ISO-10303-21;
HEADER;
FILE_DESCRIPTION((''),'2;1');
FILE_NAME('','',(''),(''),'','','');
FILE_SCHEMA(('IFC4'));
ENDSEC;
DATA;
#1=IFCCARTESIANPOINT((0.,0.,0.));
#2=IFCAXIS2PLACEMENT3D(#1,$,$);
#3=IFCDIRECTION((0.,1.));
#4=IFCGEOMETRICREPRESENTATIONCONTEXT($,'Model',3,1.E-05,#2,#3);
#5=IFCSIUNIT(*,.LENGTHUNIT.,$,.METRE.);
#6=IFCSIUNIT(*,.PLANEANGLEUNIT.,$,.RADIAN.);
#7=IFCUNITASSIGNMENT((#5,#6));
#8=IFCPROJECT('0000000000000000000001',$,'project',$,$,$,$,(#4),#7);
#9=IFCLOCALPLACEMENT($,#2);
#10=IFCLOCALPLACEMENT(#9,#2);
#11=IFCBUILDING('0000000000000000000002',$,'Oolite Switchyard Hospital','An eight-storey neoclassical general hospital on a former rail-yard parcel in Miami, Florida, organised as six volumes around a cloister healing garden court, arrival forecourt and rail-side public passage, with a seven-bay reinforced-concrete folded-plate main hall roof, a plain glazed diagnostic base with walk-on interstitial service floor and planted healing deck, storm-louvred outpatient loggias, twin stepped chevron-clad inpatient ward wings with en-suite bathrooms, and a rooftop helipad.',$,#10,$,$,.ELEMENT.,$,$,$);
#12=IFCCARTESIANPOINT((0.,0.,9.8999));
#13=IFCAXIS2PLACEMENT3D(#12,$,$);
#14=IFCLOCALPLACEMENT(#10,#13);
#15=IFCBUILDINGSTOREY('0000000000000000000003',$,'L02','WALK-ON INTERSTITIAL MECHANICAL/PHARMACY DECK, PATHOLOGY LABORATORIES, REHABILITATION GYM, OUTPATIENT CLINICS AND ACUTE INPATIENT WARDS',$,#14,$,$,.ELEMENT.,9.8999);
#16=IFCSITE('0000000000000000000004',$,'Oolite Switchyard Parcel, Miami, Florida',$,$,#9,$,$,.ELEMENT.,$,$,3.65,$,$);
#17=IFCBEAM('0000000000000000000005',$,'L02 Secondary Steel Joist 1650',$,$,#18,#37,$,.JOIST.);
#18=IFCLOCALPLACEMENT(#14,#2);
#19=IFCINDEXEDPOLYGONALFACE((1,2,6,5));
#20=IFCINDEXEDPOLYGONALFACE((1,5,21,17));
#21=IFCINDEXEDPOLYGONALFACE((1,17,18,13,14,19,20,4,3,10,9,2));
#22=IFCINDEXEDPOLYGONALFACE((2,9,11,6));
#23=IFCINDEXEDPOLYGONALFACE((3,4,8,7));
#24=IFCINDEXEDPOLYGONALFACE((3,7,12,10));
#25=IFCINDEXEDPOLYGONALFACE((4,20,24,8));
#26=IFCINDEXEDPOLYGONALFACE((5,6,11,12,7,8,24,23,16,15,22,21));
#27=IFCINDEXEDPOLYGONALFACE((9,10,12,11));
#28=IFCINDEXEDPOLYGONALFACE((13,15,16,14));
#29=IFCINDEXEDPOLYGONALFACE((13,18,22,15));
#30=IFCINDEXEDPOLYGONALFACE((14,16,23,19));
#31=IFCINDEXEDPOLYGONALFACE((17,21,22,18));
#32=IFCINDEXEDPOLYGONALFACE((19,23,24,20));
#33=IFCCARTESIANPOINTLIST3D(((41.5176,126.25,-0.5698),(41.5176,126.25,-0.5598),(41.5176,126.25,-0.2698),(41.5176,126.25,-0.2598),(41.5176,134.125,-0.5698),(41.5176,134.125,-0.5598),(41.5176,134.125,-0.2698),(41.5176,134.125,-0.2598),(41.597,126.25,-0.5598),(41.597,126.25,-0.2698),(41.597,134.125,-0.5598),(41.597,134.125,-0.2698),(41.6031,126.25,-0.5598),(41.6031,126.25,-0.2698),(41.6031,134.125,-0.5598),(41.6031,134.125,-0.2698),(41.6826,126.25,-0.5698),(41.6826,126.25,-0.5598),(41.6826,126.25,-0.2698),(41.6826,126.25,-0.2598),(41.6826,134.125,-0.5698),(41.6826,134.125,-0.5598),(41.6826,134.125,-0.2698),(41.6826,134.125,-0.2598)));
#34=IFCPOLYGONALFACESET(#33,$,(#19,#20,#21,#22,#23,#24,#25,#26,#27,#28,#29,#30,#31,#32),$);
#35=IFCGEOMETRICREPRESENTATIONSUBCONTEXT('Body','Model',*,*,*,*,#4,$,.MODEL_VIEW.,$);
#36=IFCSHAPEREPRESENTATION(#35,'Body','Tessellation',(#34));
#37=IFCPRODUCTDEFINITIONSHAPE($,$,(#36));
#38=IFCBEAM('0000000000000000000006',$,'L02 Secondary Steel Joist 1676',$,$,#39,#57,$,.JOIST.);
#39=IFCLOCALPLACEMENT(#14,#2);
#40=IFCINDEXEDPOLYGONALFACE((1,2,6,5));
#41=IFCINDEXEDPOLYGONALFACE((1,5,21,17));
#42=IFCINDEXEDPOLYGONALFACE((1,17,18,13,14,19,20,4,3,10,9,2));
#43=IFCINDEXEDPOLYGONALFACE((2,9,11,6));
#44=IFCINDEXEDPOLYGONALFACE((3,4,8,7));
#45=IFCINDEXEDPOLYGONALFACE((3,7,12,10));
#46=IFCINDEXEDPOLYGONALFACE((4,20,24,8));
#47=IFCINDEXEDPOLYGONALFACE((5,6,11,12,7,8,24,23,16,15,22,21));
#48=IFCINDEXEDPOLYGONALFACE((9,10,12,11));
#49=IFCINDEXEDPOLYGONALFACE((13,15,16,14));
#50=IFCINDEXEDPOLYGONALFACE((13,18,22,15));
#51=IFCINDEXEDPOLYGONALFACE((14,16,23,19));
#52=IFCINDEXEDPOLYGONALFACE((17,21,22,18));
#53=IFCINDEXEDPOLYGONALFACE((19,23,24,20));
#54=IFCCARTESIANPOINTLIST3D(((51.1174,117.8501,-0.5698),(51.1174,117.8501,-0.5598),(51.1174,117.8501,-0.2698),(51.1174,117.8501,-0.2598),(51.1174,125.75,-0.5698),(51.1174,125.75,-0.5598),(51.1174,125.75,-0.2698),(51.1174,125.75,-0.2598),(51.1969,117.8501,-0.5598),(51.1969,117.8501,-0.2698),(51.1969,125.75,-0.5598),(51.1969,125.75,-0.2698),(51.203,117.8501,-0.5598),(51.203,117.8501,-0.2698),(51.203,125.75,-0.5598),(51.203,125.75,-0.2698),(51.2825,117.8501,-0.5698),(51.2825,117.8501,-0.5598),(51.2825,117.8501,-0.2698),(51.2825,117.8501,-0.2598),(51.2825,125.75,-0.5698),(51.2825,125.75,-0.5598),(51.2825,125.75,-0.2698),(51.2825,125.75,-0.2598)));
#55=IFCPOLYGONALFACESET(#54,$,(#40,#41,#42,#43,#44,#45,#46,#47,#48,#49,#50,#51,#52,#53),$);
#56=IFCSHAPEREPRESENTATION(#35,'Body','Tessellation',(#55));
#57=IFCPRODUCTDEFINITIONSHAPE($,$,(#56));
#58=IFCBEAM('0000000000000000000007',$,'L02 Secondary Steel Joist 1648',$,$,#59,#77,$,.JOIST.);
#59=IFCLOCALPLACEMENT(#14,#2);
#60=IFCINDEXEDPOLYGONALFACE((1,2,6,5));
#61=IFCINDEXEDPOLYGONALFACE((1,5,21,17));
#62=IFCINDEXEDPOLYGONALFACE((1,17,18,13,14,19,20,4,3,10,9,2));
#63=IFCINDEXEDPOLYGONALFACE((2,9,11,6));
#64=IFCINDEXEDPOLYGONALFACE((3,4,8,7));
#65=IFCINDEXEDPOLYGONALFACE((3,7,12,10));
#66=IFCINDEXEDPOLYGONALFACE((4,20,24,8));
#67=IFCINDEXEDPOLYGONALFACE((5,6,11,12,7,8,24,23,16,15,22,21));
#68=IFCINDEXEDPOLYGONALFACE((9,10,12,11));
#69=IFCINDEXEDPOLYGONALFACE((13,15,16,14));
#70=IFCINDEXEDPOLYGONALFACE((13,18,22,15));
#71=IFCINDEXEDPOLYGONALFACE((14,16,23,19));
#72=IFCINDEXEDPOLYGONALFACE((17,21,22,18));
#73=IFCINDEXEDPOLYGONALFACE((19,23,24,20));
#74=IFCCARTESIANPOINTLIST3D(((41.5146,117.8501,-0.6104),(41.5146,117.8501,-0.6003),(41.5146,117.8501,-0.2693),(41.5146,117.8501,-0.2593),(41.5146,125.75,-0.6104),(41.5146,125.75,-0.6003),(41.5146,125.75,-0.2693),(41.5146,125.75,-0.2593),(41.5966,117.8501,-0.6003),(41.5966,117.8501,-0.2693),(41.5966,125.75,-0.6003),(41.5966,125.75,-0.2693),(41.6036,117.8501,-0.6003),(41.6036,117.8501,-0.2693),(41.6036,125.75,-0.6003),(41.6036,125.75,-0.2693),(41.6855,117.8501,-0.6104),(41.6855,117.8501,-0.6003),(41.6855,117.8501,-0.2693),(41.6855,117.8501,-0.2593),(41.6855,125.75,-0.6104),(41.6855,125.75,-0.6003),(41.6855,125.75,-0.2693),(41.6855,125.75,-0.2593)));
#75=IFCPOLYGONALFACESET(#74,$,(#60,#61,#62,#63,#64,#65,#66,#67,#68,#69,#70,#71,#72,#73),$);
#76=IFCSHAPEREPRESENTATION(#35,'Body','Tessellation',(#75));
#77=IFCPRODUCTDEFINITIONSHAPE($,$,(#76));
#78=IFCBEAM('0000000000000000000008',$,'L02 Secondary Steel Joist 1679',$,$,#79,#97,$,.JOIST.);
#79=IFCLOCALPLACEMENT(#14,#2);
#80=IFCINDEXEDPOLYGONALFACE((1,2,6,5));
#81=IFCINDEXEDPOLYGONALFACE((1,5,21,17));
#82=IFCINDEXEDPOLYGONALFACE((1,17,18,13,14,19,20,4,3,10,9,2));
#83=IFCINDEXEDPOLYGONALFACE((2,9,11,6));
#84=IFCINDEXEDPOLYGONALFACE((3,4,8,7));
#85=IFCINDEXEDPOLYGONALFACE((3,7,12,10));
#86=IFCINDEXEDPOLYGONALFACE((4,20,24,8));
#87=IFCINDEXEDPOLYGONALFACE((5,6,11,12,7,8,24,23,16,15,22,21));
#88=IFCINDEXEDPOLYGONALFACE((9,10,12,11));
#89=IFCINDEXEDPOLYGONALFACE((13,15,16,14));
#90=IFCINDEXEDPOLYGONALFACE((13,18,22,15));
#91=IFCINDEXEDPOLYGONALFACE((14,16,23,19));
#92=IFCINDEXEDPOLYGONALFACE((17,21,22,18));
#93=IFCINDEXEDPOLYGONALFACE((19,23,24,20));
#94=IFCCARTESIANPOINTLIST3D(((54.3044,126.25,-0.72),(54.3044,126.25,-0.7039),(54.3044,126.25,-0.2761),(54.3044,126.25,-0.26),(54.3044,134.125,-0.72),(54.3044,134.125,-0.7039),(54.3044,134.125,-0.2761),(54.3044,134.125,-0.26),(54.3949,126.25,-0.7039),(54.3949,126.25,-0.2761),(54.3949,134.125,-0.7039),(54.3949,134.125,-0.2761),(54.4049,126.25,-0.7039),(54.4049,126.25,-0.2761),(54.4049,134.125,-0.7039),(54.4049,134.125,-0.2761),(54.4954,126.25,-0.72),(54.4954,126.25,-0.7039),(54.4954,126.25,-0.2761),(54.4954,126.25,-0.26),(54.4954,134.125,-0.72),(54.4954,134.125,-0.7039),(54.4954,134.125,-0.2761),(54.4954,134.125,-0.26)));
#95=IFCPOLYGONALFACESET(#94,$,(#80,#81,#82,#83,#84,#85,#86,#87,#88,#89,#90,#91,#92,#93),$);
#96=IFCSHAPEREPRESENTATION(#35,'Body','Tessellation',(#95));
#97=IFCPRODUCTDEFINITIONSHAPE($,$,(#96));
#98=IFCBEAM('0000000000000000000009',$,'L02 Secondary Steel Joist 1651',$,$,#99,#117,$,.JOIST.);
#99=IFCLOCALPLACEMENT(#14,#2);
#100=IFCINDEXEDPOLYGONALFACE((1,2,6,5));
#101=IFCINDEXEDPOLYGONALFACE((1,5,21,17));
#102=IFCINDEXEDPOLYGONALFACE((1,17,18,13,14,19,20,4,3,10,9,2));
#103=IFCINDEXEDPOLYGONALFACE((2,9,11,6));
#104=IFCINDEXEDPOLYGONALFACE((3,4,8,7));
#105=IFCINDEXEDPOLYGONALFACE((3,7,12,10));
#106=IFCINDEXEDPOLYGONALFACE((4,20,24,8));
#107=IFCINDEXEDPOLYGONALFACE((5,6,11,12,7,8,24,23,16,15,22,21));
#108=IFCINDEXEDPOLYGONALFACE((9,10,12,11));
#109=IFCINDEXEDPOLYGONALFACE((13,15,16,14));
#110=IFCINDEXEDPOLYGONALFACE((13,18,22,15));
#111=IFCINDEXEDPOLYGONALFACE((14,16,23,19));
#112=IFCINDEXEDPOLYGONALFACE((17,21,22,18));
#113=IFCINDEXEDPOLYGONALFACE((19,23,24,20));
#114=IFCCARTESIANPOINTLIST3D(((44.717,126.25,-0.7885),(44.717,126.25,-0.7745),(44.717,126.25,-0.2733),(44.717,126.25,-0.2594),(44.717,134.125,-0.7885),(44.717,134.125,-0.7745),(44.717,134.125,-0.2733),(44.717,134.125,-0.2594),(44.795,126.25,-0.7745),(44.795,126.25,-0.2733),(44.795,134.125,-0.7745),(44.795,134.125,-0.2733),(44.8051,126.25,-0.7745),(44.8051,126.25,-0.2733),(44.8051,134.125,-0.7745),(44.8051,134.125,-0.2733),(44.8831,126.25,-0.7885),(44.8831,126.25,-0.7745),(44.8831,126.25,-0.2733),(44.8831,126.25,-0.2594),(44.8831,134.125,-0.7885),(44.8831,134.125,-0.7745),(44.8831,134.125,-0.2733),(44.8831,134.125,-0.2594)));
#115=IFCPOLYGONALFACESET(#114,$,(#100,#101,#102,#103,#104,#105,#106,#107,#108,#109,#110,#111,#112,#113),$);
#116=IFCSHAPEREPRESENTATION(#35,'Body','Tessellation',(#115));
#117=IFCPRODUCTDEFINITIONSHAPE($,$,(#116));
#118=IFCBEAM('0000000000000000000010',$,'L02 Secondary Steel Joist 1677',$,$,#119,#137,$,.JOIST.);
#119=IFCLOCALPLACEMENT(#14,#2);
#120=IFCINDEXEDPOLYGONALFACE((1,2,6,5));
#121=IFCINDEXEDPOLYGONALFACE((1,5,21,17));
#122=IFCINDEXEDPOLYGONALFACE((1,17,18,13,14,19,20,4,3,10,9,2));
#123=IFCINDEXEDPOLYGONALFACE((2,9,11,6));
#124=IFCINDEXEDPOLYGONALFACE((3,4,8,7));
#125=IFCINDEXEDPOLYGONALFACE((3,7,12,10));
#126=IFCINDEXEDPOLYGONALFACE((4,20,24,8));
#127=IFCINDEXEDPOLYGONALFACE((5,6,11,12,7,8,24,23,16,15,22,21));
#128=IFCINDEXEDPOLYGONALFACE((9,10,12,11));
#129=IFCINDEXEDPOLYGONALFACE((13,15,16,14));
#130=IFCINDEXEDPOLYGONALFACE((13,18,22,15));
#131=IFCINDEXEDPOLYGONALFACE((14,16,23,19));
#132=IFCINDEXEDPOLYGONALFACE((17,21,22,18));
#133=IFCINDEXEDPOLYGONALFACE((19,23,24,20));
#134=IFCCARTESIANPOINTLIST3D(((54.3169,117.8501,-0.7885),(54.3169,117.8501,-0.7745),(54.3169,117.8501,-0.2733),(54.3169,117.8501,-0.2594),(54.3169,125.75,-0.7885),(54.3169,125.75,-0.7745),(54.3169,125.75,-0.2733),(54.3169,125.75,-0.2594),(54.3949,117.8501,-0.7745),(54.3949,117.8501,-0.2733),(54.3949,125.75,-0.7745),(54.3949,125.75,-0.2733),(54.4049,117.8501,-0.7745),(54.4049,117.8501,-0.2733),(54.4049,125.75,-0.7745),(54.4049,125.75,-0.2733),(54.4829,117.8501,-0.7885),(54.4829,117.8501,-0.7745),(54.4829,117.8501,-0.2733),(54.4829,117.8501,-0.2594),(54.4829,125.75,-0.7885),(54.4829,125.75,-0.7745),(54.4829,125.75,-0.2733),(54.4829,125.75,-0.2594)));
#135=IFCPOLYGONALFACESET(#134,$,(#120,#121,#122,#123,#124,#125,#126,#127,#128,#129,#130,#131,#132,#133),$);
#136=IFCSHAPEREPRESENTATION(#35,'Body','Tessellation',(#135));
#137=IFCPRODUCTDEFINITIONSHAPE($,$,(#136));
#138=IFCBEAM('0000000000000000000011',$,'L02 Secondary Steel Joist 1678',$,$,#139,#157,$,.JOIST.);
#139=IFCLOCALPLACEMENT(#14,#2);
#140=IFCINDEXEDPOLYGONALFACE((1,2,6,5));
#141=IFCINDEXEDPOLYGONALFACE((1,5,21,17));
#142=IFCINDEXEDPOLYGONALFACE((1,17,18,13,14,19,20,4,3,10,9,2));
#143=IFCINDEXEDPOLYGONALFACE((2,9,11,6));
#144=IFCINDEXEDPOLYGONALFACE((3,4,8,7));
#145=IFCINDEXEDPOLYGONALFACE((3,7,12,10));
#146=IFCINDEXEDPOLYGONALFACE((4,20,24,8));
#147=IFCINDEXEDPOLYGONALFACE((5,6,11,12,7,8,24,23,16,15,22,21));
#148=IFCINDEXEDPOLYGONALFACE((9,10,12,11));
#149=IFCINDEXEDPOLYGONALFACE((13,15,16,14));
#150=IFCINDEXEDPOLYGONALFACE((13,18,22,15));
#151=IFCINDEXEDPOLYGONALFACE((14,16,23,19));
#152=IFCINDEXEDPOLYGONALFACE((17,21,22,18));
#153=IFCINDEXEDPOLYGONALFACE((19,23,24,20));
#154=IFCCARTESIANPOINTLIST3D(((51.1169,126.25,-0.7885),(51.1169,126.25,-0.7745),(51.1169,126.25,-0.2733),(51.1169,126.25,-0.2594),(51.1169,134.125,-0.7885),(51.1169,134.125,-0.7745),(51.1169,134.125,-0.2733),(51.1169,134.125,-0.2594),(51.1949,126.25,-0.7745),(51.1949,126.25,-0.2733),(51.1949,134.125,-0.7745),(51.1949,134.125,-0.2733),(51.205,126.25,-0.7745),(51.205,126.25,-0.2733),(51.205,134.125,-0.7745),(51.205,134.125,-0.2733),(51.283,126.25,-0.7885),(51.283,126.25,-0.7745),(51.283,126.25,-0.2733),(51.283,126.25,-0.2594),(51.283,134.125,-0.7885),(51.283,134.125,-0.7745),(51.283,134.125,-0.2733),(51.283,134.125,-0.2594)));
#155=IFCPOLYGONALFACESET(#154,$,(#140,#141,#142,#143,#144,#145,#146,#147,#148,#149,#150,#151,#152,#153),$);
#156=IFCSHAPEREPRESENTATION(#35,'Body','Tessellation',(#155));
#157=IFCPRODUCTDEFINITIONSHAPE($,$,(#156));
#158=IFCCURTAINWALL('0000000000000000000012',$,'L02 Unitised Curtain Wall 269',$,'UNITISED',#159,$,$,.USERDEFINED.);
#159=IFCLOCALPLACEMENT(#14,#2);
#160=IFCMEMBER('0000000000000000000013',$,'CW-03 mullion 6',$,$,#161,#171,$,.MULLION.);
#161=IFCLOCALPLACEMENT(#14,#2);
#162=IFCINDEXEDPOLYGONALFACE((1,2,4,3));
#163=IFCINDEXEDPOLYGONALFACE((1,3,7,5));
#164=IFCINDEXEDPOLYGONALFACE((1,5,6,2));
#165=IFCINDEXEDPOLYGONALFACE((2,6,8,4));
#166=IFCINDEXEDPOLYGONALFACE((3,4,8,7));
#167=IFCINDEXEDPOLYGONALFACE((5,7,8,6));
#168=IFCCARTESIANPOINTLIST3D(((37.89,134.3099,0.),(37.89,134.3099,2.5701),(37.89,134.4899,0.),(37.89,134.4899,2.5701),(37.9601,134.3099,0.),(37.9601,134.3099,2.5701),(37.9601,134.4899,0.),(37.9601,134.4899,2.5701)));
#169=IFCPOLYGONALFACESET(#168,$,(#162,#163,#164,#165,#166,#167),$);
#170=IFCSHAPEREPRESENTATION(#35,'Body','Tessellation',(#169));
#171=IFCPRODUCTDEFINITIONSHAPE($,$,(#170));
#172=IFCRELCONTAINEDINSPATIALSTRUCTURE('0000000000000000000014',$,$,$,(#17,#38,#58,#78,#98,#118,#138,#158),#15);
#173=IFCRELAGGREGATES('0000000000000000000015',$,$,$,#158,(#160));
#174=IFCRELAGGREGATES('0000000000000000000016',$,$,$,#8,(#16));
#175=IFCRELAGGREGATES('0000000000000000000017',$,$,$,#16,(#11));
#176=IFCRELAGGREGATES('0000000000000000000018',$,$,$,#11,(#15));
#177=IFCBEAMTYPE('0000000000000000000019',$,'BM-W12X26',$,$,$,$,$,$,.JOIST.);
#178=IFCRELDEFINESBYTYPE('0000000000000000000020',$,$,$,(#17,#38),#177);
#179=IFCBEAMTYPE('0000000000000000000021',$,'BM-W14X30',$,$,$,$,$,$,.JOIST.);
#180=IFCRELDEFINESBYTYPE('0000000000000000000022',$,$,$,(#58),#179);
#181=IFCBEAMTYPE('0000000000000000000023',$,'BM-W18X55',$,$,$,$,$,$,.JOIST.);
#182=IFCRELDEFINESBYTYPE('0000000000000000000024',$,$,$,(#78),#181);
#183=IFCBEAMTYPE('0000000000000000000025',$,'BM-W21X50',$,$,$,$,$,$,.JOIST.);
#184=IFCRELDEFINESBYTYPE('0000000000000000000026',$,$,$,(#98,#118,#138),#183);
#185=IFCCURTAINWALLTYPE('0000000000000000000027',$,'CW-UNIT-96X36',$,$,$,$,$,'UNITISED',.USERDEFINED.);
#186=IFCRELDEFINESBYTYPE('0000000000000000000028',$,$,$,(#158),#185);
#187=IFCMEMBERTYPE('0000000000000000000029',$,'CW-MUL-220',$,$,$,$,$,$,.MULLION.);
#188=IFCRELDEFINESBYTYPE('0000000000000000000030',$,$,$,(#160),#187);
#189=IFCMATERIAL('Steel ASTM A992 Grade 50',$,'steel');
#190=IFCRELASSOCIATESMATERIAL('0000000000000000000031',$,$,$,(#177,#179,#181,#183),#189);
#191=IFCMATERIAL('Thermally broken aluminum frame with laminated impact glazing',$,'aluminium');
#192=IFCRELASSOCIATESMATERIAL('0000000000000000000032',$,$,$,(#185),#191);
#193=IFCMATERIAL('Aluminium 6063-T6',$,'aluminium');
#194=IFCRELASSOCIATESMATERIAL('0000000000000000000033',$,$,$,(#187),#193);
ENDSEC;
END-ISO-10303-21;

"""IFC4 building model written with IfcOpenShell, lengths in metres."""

from ifc_helpers import new_model, si_unit, direction, frame, origin, origin_2d, place, context, subcontext, project, spatial, rectangle, i_section, extrude, material, material_profile, profile_set, type_object, element, aggregate, save


model = new_model("IFC4")

# Units and contexts
model_context = context("Model", 3, precision=1e-05, world=origin(), true_north=direction((0.0, 1.0)))
body_context = subcontext(model_context, "Body", "Model", "MODEL_VIEW")
ifc_project = project(units=[si_unit("LENGTHUNIT", "METRE"), si_unit("PLANEANGLEUNIT", "RADIAN")], contexts=[model_context])

# Site, building, storey
site_placement = place(None, origin())
site = spatial("IfcSite", under=ifc_project, at=site_placement, Name="Oolite Switchyard Parcel, Miami, Florida", CompositionType="ELEMENT", RefElevation=3.65)
building_placement = place(site_placement, origin())
building = spatial("IfcBuilding", under=site, at=building_placement, Name="Oolite Switchyard Hospital", Description="An eight-storey neoclassical general hospital on a former rail-yard parcel in Miami, Florida, organised as six volumes around a cloister healing garden court, arrival forecourt and rail-side public passage, with a seven-bay reinforced-concrete folded-plate main hall roof, a plain glazed diagnostic base with walk-on interstitial service floor and planted healing deck, storm-louvred outpatient loggias, twin stepped chevron-clad inpatient ward wings with en-suite bathrooms, and a rooftop helipad.", CompositionType="ELEMENT")
storey_placement = place(building_placement, frame((0.0, 0.0, 9.8999)))
storey = spatial("IfcBuildingStorey", under=building, at=storey_placement, Name="L02", Description="WALK-ON INTERSTITIAL MECHANICAL/PHARMACY DECK, PATHOLOGY LABORATORIES, REHABILITATION GYM, OUTPATIENT CLINICS AND ACUTE INPATIENT WARDS", CompositionType="ELEMENT", Elevation=9.8999)

# Shared definitions
ifc_material_1 = material(Name="Steel ASTM A992 Grade 50", Category="steel")

# Beams
ifc_material_profile_1 = material_profile(ifc_material_1, i_section(OverallWidth=0.165, OverallDepth=0.3101, WebThickness=0.0061, FlangeThickness=0.01, at=origin_2d()), Name="W12X26")
ifc_profile_set_1 = profile_set([ifc_material_profile_1], Name="Steel ASTM A992 Grade 50")
beam_type_1 = type_object("IfcBeamType", Name="BM-W12X26", PredefinedType="JOIST", material=ifc_profile_set_1)
beam_1_placement = place(storey_placement, frame((41.6001, 126.25, -0.4148), z_axis=(0.0, 1.0, 0.0), x_axis=(-1.0, 0.0, 0.0)))
element("IfcBeam", 1, at=beam_1_placement, inside=storey, type_object=beam_type_1, Name="L02 Secondary Steel Joist 1650", PredefinedType="JOIST", context=body_context, shape_type="SweptSolid", body=[
    extrude(i_section(OverallWidth=0.165, OverallDepth=0.3101, WebThickness=0.0061, FlangeThickness=0.01, at=origin_2d()), origin(), (0.0, 0.0, 1.0), 7.875),
])
beam_2_placement = place(storey_placement, frame((51.2, 117.8501, -0.4148), z_axis=(0.0, 1.0, 0.0), x_axis=(-1.0, 0.0, 0.0)))
element("IfcBeam", 2, at=beam_2_placement, inside=storey, type_object=beam_type_1, Name="L02 Secondary Steel Joist 1676", PredefinedType="JOIST", context=body_context, shape_type="SweptSolid", body=[
    extrude(i_section(OverallWidth=0.165, OverallDepth=0.3101, WebThickness=0.0061, FlangeThickness=0.01, at=origin_2d()), origin(), (0.0, 0.0, 1.0), 7.8999),
])
ifc_material_profile_2 = material_profile(ifc_material_1, i_section(OverallWidth=0.1709, OverallDepth=0.3511, WebThickness=0.0071, FlangeThickness=0.01, at=origin_2d()), Name="W14X30")
ifc_profile_set_2 = profile_set([ifc_material_profile_2], Name="Steel ASTM A992 Grade 50")
beam_type_2 = type_object("IfcBeamType", Name="BM-W14X30", PredefinedType="JOIST", material=ifc_profile_set_2)
beam_3_placement = place(storey_placement, frame((41.6001, 117.8501, -0.4348), z_axis=(0.0, 1.0, 0.0), x_axis=(-1.0, 0.0, 0.0)))
element("IfcBeam", 3, at=beam_3_placement, inside=storey, type_object=beam_type_2, Name="L02 Secondary Steel Joist 1648", PredefinedType="JOIST", context=body_context, shape_type="SweptSolid", body=[
    extrude(i_section(OverallWidth=0.1709, OverallDepth=0.3511, WebThickness=0.0071, FlangeThickness=0.01, at=origin_2d()), origin(), (0.0, 0.0, 1.0), 7.8999),
])
ifc_material_profile_3 = material_profile(ifc_material_1, i_section(OverallWidth=0.1909, OverallDepth=0.46, WebThickness=0.01, FlangeThickness=0.0161, at=origin_2d()), Name="W18X55")
ifc_profile_set_3 = profile_set([ifc_material_profile_3], Name="Steel ASTM A992 Grade 50")
beam_type_3 = type_object("IfcBeamType", Name="BM-W18X55", PredefinedType="JOIST", material=ifc_profile_set_3)
beam_4_placement = place(storey_placement, frame((54.3999, 126.25, -0.49), z_axis=(0.0, 1.0, 0.0), x_axis=(-1.0, 0.0, 0.0)))
element("IfcBeam", 4, at=beam_4_placement, inside=storey, type_object=beam_type_3, Name="L02 Secondary Steel Joist 1679", PredefinedType="JOIST", context=body_context, shape_type="SweptSolid", body=[
    extrude(i_section(OverallWidth=0.1909, OverallDepth=0.46, WebThickness=0.01, FlangeThickness=0.0161, at=origin_2d()), origin(), (0.0, 0.0, 1.0), 7.875),
])
ifc_material_profile_4 = material_profile(ifc_material_1, i_section(OverallWidth=0.166, OverallDepth=0.5291, WebThickness=0.01, FlangeThickness=0.0139, at=origin_2d()), Name="W21X50")
ifc_profile_set_4 = profile_set([ifc_material_profile_4], Name="Steel ASTM A992 Grade 50")
beam_type_4 = type_object("IfcBeamType", Name="BM-W21X50", PredefinedType="JOIST", material=ifc_profile_set_4)
beam_5_placement = place(storey_placement, frame((44.8, 126.25, -0.5239), z_axis=(0.0, 1.0, 0.0), x_axis=(-1.0, 0.0, 0.0)))
element("IfcBeam", 5, at=beam_5_placement, inside=storey, type_object=beam_type_4, Name="L02 Secondary Steel Joist 1651", PredefinedType="JOIST", context=body_context, shape_type="SweptSolid", body=[
    extrude(i_section(OverallWidth=0.166, OverallDepth=0.5291, WebThickness=0.01, FlangeThickness=0.0139, at=origin_2d()), origin(), (0.0, 0.0, 1.0), 7.875),
])
beam_6_placement = place(storey_placement, frame((54.3999, 117.8501, -0.5239), z_axis=(0.0, 1.0, 0.0), x_axis=(-1.0, 0.0, 0.0)))
element("IfcBeam", 6, at=beam_6_placement, inside=storey, type_object=beam_type_4, Name="L02 Secondary Steel Joist 1677", PredefinedType="JOIST", context=body_context, shape_type="SweptSolid", body=[
    extrude(i_section(OverallWidth=0.166, OverallDepth=0.5291, WebThickness=0.01, FlangeThickness=0.0139, at=origin_2d()), origin(), (0.0, 0.0, 1.0), 7.8999),
])
beam_7_placement = place(storey_placement, frame((51.2, 126.25, -0.5239), z_axis=(0.0, 1.0, 0.0), x_axis=(-1.0, 0.0, 0.0)))
element("IfcBeam", 7, at=beam_7_placement, inside=storey, type_object=beam_type_4, Name="L02 Secondary Steel Joist 1678", PredefinedType="JOIST", context=body_context, shape_type="SweptSolid", body=[
    extrude(i_section(OverallWidth=0.166, OverallDepth=0.5291, WebThickness=0.01, FlangeThickness=0.0139, at=origin_2d()), origin(), (0.0, 0.0, 1.0), 7.875),
])

# Curtain wall, member
ifc_material_2 = material(Name="Thermally broken aluminum frame with laminated impact glazing", Category="aluminium")
curtain_wall_type = type_object("IfcCurtainWallType", Name="CW-UNIT-96X36", ElementType="UNITISED", PredefinedType="USERDEFINED", material=ifc_material_2)
curtain_wall_placement = place(storey_placement, origin())
curtain_wall = element("IfcCurtainWall", 8, at=curtain_wall_placement, inside=storey, type_object=curtain_wall_type, Name="L02 Unitised Curtain Wall 269", ObjectType="UNITISED", PredefinedType="USERDEFINED")
ifc_material_3 = material(Name="Aluminium 6063-T6", Category="aluminium")
ifc_material_profile_5 = material_profile(ifc_material_3, rectangle(XDim=0.1799, YDim=0.0701, at=origin_2d()), Name="CWM70X180")
ifc_profile_set_5 = profile_set([ifc_material_profile_5], Name="Aluminium 6063-T6")
member_type = type_object("IfcMemberType", Name="CW-MUL-220", PredefinedType="MULLION", material=ifc_profile_set_5)
member_placement = place(storey_placement, frame((37.925, 134.3999, 0.0), z_axis=(0.0, 0.0, 1.0), x_axis=(0.0, 1.0, 0.0)))
member = element("IfcMember", 9, at=member_placement, type_object=member_type, Name="CW-03 mullion 6", PredefinedType="MULLION", context=body_context, shape_type="SweptSolid", body=[
    extrude(rectangle(XDim=0.1799, YDim=0.0701, at=origin_2d()), origin(), (0.0, 0.0, 1.0), 2.5701),
])
aggregate(curtain_wall, [member])

save(model, "model.ifc")
